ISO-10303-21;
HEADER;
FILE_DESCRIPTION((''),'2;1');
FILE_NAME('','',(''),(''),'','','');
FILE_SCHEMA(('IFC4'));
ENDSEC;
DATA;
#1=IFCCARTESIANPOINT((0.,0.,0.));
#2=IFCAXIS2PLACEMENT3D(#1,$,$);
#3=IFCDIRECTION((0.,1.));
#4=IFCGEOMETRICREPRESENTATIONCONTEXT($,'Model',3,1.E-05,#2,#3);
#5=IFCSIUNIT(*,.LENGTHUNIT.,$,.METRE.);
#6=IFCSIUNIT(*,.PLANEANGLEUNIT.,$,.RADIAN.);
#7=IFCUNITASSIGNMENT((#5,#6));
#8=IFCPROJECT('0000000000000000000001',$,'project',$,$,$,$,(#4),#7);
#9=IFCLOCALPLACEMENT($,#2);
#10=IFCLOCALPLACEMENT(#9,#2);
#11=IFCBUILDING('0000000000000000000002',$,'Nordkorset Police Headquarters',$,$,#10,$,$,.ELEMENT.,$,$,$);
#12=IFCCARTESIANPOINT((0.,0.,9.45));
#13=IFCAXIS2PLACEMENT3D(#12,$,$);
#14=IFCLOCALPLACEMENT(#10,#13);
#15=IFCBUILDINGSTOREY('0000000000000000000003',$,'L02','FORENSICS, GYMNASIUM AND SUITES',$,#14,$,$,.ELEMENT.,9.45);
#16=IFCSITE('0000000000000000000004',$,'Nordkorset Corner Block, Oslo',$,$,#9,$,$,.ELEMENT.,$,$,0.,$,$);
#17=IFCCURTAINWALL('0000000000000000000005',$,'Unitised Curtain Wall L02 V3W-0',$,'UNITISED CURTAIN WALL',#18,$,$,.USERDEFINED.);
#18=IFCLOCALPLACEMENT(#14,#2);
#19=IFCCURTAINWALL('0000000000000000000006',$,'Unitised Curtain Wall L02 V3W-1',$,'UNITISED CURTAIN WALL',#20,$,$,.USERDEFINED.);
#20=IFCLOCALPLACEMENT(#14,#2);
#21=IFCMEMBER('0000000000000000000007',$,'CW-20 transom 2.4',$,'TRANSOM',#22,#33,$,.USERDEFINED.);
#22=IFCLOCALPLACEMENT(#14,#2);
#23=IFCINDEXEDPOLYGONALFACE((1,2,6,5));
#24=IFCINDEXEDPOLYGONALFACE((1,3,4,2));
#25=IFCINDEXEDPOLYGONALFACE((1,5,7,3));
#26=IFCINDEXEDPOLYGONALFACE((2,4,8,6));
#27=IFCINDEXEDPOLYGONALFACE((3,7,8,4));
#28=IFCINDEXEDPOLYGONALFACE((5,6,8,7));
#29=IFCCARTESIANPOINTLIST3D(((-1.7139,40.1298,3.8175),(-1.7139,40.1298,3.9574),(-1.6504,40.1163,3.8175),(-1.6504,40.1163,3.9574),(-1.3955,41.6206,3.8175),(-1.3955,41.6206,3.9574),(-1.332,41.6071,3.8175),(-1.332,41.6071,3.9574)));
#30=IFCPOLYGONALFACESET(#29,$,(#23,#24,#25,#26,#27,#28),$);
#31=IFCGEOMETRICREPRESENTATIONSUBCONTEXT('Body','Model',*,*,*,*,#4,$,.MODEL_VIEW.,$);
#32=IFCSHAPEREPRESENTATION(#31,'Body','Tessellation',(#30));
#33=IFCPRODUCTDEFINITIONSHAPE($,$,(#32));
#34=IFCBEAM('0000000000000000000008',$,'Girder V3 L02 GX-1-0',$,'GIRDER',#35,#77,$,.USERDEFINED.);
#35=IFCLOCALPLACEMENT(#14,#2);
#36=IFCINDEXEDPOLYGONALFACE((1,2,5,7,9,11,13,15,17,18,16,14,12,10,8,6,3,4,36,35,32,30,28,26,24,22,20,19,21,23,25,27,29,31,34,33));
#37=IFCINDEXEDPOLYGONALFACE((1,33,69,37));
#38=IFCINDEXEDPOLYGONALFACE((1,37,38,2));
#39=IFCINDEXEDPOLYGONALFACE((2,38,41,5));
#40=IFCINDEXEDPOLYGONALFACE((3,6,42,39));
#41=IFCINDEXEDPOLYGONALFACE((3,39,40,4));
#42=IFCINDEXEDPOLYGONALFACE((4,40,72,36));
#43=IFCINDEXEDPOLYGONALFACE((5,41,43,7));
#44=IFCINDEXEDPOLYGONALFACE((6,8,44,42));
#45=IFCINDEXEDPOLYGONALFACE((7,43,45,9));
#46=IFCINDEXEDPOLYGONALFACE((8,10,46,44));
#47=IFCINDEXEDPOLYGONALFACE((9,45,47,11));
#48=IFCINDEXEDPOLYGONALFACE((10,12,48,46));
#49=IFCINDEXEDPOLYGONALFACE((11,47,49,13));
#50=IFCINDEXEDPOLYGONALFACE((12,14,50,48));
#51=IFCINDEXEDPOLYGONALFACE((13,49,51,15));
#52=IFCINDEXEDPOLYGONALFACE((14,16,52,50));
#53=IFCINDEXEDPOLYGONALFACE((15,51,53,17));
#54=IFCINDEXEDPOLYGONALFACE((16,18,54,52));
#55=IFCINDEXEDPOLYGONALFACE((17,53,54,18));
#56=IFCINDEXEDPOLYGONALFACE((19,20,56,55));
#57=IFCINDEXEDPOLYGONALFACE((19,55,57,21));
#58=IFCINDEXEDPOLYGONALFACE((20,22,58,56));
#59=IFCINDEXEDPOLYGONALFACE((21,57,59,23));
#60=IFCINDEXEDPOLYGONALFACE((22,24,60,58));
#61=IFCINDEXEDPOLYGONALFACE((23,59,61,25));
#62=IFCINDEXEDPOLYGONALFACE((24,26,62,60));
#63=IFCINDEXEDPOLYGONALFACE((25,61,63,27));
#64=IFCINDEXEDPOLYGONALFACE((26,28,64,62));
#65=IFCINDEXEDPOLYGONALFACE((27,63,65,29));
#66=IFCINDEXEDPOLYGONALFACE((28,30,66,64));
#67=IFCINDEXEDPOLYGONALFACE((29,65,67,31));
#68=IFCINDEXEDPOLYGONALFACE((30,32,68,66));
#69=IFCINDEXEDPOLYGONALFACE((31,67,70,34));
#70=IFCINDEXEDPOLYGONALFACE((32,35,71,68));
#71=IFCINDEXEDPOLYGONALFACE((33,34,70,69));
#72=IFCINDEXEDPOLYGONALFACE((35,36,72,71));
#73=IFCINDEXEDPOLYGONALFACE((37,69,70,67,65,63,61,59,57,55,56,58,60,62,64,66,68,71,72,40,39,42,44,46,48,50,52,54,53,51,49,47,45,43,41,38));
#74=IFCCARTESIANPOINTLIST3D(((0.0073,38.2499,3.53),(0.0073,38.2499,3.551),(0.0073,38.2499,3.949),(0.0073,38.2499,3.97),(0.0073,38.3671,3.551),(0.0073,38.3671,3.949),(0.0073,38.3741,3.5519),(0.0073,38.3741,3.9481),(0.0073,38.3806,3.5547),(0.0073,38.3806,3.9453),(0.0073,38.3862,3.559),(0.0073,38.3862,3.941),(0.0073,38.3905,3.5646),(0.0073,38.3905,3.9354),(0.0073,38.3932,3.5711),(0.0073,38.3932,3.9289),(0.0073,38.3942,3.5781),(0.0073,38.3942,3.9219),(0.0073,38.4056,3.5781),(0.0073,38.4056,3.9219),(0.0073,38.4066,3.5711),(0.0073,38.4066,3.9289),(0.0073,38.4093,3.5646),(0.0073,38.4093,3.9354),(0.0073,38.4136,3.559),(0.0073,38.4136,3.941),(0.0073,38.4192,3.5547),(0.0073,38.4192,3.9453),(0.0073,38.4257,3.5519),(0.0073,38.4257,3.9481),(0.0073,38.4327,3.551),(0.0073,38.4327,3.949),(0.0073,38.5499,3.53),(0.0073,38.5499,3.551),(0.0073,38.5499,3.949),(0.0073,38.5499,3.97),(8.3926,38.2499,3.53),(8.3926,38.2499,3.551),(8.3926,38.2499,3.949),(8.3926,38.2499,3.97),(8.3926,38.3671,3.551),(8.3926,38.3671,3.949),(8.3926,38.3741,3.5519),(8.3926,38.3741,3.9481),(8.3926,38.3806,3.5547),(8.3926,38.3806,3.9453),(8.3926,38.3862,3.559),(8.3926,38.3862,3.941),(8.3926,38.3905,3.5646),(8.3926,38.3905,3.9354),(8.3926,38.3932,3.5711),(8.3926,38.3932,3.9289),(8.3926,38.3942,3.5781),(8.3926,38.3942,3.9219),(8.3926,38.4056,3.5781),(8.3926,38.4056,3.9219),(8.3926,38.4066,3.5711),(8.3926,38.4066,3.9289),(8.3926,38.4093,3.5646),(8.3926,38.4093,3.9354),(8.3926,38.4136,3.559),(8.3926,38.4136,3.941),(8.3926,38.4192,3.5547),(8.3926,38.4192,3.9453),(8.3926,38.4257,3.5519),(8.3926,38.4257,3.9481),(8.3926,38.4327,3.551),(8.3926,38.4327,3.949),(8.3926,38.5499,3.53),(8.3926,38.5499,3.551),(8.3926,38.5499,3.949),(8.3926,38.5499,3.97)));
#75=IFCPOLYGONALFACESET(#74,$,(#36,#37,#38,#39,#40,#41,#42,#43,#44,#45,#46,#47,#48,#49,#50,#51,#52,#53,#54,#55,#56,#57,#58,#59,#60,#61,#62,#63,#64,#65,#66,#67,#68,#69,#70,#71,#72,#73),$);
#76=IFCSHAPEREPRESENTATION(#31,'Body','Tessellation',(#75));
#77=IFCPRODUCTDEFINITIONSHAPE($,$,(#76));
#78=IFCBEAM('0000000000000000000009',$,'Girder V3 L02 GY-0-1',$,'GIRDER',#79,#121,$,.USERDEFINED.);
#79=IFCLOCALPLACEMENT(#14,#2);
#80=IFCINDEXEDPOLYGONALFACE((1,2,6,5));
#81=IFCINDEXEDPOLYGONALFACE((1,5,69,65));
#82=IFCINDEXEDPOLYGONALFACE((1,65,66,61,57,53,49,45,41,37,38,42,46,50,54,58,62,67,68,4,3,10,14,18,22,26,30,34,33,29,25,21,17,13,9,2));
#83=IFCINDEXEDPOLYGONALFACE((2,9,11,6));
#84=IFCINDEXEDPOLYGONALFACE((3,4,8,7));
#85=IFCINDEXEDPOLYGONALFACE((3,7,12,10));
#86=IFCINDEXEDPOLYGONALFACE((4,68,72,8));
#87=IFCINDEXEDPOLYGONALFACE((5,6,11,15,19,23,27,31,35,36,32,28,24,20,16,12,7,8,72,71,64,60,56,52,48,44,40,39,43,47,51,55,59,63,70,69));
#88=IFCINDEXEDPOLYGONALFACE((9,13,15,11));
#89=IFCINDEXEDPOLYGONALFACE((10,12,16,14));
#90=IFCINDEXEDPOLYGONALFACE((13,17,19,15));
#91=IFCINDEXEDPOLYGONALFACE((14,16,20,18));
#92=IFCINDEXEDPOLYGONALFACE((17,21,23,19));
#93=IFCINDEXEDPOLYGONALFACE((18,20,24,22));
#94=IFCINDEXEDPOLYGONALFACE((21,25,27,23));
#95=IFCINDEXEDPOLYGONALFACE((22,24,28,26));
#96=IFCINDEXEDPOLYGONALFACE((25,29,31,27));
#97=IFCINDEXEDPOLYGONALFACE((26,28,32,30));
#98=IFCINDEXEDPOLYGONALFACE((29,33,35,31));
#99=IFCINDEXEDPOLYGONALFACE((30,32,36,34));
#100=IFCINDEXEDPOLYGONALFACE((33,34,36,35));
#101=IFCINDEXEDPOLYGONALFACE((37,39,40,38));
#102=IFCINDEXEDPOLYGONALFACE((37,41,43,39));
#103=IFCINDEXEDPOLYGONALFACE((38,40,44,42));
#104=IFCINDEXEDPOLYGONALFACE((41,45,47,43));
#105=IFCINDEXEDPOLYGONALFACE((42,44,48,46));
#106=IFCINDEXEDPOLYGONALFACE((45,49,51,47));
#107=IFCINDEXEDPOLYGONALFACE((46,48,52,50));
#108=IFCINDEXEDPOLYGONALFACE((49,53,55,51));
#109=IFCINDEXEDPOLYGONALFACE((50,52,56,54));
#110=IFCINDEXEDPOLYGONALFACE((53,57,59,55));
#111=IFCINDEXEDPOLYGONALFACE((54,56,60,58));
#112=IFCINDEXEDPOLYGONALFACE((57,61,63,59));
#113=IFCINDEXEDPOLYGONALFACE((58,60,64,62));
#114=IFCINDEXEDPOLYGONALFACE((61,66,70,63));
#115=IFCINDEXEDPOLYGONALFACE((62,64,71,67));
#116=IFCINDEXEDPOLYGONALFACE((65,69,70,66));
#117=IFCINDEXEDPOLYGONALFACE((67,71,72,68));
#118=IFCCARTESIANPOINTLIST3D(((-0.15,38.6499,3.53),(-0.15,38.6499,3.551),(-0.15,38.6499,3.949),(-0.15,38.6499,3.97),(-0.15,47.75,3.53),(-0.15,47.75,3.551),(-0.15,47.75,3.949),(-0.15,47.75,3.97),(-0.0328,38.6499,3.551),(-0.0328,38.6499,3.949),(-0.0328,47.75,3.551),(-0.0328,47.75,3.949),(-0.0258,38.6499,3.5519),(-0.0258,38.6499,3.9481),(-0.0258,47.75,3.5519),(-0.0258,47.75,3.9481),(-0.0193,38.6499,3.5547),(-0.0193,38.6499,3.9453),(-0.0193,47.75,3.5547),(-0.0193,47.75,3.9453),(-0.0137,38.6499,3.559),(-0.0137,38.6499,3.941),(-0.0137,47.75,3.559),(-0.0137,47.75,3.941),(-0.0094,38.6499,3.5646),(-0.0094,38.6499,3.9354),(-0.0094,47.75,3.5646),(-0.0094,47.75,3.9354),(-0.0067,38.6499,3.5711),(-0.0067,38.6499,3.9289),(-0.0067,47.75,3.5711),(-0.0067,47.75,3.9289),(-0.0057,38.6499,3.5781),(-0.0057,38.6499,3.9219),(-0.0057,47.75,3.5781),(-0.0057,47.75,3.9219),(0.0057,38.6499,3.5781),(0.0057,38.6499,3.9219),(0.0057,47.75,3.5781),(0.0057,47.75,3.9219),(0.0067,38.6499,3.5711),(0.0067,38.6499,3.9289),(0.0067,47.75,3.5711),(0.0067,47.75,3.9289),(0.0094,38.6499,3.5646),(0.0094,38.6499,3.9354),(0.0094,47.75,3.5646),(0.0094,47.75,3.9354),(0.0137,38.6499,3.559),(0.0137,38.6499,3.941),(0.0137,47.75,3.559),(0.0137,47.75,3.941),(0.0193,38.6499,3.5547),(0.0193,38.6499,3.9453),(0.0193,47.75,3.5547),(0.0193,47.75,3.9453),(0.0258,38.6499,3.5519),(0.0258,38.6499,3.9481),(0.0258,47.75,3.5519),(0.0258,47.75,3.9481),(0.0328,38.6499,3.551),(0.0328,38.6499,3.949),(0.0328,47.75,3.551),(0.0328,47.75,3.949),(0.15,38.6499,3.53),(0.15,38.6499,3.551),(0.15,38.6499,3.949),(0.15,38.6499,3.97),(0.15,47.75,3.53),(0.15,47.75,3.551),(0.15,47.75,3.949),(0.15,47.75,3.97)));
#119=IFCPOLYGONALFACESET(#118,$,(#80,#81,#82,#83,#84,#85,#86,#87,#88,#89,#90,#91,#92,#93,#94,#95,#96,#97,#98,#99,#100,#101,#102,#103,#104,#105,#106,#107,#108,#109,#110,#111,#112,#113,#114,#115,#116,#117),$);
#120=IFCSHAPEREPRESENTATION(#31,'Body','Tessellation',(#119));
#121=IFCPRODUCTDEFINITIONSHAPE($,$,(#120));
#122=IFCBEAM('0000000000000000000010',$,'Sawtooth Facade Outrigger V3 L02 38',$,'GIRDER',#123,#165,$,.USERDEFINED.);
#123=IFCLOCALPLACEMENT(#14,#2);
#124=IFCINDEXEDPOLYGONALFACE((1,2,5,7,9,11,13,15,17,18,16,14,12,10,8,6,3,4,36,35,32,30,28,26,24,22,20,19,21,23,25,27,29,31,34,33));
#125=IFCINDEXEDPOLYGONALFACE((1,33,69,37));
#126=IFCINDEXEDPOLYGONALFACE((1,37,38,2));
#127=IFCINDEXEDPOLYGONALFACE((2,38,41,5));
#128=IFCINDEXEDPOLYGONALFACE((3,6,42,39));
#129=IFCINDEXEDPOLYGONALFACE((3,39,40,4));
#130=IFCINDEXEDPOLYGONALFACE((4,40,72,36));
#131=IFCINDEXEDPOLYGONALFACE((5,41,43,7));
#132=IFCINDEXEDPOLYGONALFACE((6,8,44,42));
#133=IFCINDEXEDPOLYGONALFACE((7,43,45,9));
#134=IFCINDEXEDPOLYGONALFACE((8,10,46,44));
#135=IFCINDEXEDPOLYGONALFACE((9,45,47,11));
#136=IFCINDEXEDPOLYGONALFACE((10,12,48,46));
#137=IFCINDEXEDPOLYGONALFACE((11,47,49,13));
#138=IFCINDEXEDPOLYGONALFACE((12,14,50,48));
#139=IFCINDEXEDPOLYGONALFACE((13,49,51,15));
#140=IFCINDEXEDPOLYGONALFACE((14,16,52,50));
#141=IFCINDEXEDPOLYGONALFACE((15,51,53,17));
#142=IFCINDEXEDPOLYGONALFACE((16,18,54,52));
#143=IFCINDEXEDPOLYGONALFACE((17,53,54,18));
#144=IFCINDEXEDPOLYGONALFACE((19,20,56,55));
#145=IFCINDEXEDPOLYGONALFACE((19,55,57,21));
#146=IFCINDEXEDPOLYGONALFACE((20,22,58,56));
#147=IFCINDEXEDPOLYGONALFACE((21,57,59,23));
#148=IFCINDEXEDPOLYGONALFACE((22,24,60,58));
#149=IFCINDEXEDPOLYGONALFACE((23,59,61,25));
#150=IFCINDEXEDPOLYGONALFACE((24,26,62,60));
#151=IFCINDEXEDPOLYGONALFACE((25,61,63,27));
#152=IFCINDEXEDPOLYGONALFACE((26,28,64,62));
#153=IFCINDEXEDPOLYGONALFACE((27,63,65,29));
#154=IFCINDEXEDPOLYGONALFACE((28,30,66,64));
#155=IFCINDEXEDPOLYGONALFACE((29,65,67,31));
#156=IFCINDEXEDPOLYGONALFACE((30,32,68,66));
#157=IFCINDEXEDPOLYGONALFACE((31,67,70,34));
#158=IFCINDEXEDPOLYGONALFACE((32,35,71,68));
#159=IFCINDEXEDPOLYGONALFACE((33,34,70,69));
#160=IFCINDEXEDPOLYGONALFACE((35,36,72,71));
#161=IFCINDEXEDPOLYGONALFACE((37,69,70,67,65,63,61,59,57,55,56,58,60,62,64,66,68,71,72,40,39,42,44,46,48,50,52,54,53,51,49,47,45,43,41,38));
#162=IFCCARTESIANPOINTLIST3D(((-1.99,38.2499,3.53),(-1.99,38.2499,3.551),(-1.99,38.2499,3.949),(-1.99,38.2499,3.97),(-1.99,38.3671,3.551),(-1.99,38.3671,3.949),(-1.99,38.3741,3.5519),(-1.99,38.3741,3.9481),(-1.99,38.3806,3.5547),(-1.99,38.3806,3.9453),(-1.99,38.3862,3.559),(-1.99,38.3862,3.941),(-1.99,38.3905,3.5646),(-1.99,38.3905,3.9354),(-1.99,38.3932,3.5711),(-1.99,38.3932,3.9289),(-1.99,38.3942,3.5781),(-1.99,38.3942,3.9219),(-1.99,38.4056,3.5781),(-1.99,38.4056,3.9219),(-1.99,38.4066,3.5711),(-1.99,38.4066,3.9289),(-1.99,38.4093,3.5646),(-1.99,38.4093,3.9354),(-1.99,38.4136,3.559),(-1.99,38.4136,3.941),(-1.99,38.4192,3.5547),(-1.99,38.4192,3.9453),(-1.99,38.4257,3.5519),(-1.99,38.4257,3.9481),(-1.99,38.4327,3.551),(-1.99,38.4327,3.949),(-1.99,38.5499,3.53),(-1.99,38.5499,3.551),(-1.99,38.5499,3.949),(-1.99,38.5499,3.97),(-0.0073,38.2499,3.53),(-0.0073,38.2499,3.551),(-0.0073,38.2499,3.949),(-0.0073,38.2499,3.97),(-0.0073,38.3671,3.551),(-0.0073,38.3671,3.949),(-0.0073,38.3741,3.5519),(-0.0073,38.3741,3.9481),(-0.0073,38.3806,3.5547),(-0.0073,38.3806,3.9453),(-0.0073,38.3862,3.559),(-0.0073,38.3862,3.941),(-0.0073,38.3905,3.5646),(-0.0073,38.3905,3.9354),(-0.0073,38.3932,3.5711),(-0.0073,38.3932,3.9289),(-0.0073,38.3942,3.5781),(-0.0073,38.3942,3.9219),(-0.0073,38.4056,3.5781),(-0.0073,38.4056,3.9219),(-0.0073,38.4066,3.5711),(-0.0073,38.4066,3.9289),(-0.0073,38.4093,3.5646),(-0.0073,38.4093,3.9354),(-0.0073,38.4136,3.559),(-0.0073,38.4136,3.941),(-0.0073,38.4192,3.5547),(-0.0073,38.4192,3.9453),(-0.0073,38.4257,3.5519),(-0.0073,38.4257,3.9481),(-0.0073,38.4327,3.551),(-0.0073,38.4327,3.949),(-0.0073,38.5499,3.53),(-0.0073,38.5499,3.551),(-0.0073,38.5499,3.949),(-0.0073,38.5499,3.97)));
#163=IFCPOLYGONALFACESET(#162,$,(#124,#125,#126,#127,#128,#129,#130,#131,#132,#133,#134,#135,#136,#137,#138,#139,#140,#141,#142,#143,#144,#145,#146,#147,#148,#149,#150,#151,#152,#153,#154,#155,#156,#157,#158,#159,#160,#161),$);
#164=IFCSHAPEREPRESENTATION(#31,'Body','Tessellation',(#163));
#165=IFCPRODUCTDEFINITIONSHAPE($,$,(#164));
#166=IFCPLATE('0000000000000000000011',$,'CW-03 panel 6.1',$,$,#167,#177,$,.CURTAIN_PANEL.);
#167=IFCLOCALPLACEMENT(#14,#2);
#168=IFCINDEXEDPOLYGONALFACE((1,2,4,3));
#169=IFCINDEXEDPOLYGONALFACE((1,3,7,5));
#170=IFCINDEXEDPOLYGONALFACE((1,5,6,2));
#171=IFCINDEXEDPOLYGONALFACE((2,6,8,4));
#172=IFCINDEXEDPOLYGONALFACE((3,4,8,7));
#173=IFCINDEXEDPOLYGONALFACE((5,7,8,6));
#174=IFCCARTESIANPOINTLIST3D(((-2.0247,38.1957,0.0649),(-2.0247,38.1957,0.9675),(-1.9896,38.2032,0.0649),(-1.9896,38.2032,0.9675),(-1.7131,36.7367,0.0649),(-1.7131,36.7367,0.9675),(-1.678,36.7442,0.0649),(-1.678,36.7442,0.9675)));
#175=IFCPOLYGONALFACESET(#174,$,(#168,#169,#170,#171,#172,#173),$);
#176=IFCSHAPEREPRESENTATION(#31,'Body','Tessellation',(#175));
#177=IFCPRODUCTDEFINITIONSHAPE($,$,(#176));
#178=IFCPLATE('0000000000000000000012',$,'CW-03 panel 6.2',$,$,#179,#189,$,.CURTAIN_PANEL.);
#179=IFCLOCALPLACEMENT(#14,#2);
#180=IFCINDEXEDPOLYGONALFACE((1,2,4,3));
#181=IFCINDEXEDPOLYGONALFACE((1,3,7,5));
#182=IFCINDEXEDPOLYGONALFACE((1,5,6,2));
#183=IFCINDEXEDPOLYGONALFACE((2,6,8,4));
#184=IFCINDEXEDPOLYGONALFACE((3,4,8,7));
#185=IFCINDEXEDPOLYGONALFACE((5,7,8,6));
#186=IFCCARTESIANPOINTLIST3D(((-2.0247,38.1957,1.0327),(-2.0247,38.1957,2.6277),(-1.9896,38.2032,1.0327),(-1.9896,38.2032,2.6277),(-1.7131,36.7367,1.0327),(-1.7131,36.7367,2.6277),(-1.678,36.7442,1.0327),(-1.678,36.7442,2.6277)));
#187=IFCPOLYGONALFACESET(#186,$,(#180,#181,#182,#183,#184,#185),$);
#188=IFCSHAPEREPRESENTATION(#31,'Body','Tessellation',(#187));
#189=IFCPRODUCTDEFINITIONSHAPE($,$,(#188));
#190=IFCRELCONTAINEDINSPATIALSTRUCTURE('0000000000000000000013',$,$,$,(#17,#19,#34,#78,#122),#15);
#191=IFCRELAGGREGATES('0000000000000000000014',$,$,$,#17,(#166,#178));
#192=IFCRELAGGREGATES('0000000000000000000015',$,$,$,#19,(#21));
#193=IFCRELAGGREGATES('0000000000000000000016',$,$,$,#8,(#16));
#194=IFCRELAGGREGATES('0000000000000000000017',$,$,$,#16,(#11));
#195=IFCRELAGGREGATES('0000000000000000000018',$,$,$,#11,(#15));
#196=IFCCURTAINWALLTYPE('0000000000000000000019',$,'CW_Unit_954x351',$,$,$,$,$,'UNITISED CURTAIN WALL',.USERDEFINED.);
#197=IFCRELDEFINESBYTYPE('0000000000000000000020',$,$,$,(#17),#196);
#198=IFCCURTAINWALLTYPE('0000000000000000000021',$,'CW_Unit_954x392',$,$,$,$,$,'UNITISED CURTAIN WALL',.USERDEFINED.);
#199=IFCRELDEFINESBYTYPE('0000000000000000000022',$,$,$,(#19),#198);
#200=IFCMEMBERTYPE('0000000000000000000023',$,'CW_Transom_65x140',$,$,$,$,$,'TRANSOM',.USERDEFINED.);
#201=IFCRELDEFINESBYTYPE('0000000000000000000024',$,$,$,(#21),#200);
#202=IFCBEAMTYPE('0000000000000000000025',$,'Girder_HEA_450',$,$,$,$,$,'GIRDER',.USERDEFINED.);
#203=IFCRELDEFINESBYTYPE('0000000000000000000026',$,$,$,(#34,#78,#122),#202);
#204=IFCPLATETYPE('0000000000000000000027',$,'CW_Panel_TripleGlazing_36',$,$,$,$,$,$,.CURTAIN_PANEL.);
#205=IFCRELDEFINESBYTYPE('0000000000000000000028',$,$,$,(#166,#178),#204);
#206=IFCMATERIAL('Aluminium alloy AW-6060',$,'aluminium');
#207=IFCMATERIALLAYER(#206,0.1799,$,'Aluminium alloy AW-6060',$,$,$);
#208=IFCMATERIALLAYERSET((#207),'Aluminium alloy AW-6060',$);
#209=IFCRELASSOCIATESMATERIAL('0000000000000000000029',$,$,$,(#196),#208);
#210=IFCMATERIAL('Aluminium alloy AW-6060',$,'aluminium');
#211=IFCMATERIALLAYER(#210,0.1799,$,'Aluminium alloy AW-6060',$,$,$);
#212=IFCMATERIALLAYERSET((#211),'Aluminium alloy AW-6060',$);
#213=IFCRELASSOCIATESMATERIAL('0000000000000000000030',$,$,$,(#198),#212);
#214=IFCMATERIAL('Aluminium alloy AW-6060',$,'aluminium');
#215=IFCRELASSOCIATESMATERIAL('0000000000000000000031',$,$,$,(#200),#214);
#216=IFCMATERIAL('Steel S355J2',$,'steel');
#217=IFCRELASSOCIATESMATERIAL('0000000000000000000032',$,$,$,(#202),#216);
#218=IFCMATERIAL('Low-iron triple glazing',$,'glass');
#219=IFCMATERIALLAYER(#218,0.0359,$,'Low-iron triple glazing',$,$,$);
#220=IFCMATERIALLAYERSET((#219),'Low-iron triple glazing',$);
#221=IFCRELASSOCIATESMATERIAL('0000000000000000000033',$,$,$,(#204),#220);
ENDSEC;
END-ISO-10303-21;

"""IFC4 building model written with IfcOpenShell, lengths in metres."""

from ifc_helpers import new_model, si_unit, direction, frame, origin, origin_2d, place, context, subcontext, project, spatial, rectangle, i_section, extrude, material, layer, layer_set, material_profile, profile_set, type_object, element, aggregate, save


model = new_model("IFC4")

# Units and contexts
model_context = context("Model", 3, precision=1e-05, world=origin(), true_north=direction((0.0, 1.0)))
body_context = subcontext(model_context, "Body", "Model", "MODEL_VIEW")
ifc_project = project(units=[si_unit("LENGTHUNIT", "METRE"), si_unit("PLANEANGLEUNIT", "RADIAN")], contexts=[model_context])

# Site, building, storey
site_placement = place(None, origin())
site = spatial("IfcSite", under=ifc_project, at=site_placement, Name="Nordkorset Corner Block, Oslo", CompositionType="ELEMENT", RefElevation=0.0)
building_placement = place(site_placement, origin())
building = spatial("IfcBuilding", under=site, at=building_placement, Name="Nordkorset Police Headquarters", CompositionType="ELEMENT")
storey_placement = place(building_placement, frame((0.0, 0.0, 9.45)))
storey = spatial("IfcBuildingStorey", under=building, at=storey_placement, Name="L02", Description="FORENSICS, GYMNASIUM AND SUITES", CompositionType="ELEMENT", Elevation=9.45)

# Curtain wall
ifc_material_1 = material(Name="Aluminium alloy AW-6060", Category="aluminium")
ifc_layer_1 = layer(ifc_material_1, 0.1799, Name="Aluminium alloy AW-6060")
ifc_layer_set_1 = layer_set([ifc_layer_1], Name="Aluminium alloy AW-6060")
curtain_wall_type_1 = type_object("IfcCurtainWallType", Name="CW_Unit_954x351", ElementType="UNITISED CURTAIN WALL", PredefinedType="USERDEFINED", material=ifc_layer_set_1)
curtain_wall_1_placement = place(storey_placement, origin())
curtain_wall_1 = element("IfcCurtainWall", 1, at=curtain_wall_1_placement, inside=storey, type_object=curtain_wall_type_1, Name="Unitised Curtain Wall L02 V3W-0", ObjectType="UNITISED CURTAIN WALL", PredefinedType="USERDEFINED")

# Curtain wall, member
ifc_material_2 = material(Name="Aluminium alloy AW-6060", Category="aluminium")
ifc_layer_2 = layer(ifc_material_2, 0.1799, Name="Aluminium alloy AW-6060")
ifc_layer_set_2 = layer_set([ifc_layer_2], Name="Aluminium alloy AW-6060")
curtain_wall_type_2 = type_object("IfcCurtainWallType", Name="CW_Unit_954x392", ElementType="UNITISED CURTAIN WALL", PredefinedType="USERDEFINED", material=ifc_layer_set_2)
curtain_wall_2_placement = place(storey_placement, origin())
curtain_wall_2 = element("IfcCurtainWall", 2, at=curtain_wall_2_placement, inside=storey, type_object=curtain_wall_type_2, Name="Unitised Curtain Wall L02 V3W-1", ObjectType="UNITISED CURTAIN WALL", PredefinedType="USERDEFINED")
ifc_material_3 = material(Name="Aluminium alloy AW-6060", Category="aluminium")
ifc_material_profile_1 = material_profile(ifc_material_3, rectangle(XDim=0.0649, YDim=0.1399, at=origin_2d()), Name="ALU TRAN 65x140")
ifc_profile_set_1 = profile_set([ifc_material_profile_1], Name="Aluminium alloy AW-6060")
member_type_1 = type_object("IfcMemberType", Name="CW_Transom_65x140", ElementType="TRANSOM", PredefinedType="USERDEFINED", material=ifc_profile_set_1)
member_1_placement = place(storey_placement, frame((-1.6821, 40.123, 3.8875), z_axis=(0.208851, 0.977947, 0.0), x_axis=(-0.977947, 0.208851, 0.0)))
member_1 = element("IfcMember", 3, at=member_1_placement, type_object=member_type_1, Name="CW-20 transom 2.4", ObjectType="TRANSOM", PredefinedType="USERDEFINED", context=body_context, shape_type="SweptSolid", body=[
    extrude(rectangle(XDim=0.0649, YDim=0.1399, at=origin_2d()), origin(), (0.0, 0.0, 1.0), 1.5244),
])

# Beams
ifc_material_4 = material(Name="Steel S355J2", Category="steel")
ifc_material_profile_2 = material_profile(ifc_material_4, i_section(OverallWidth=0.3, OverallDepth=0.4399, WebThickness=0.0115, FlangeThickness=0.021, FilletRadius=0.0271, at=origin_2d()), Name="HEA 450")
ifc_profile_set_2 = profile_set([ifc_material_profile_2], Name="Steel S355J2")
beam_type = type_object("IfcBeamType", Name="Girder_HEA_450", ElementType="GIRDER", PredefinedType="USERDEFINED", material=ifc_profile_set_2)
beam_1_placement = place(storey_placement, frame((0.0073, 38.3999, 3.75), z_axis=(1.0, 0.0, 0.0), x_axis=(0.0, 1.0, 0.0)))
element("IfcBeam", 4, at=beam_1_placement, inside=storey, type_object=beam_type, Name="Girder V3 L02 GX-1-0", ObjectType="GIRDER", PredefinedType="USERDEFINED", context=body_context, shape_type="SweptSolid", body=[
    extrude(i_section(OverallWidth=0.3, OverallDepth=0.4399, WebThickness=0.0115, FlangeThickness=0.021, FilletRadius=0.0271, at=origin_2d()), origin(), (0.0, 0.0, 1.0), 8.3853),
])
beam_2_placement = place(storey_placement, frame((0.0, 38.6499, 3.75), z_axis=(0.0, 1.0, 0.0), x_axis=(-1.0, 0.0, 0.0)))
element("IfcBeam", 5, at=beam_2_placement, inside=storey, type_object=beam_type, Name="Girder V3 L02 GY-0-1", ObjectType="GIRDER", PredefinedType="USERDEFINED", context=body_context, shape_type="SweptSolid", body=[
    extrude(i_section(OverallWidth=0.3, OverallDepth=0.4399, WebThickness=0.0115, FlangeThickness=0.021, FilletRadius=0.0271, at=origin_2d()), origin(), (0.0, 0.0, 1.0), 9.1001),
])
beam_3_placement = place(storey_placement, frame((-0.0073, 38.3999, 3.75), z_axis=(-1.0, 0.0, 0.0), x_axis=(0.0, -1.0, 0.0)))
element("IfcBeam", 6, at=beam_3_placement, inside=storey, type_object=beam_type, Name="Sawtooth Facade Outrigger V3 L02 38", ObjectType="GIRDER", PredefinedType="USERDEFINED", context=body_context, shape_type="SweptSolid", body=[
    extrude(i_section(OverallWidth=0.3, OverallDepth=0.4399, WebThickness=0.0115, FlangeThickness=0.021, FilletRadius=0.0271, at=origin_2d()), origin(), (0.0, 0.0, 1.0), 1.9827),
])

# Plates
ifc_material_5 = material(Name="Low-iron triple glazing", Category="glass")
ifc_layer_3 = layer(ifc_material_5, 0.0359, Name="Low-iron triple glazing")
ifc_layer_set_3 = layer_set([ifc_layer_3], Name="Low-iron triple glazing")
plate_type = type_object("IfcPlateType", Name="CW_Panel_TripleGlazing_36", PredefinedType="CURTAIN_PANEL", material=ifc_layer_set_3)
plate_1_placement = place(storey_placement, frame((-1.8513, 37.47, 0.0649), z_axis=(0.0, 0.0, 1.0), x_axis=(-0.208833, 0.977951, 0.0)))
plate_1 = element("IfcPlate", 7, at=plate_1_placement, type_object=plate_type, Name="CW-03 panel 6.1", PredefinedType="CURTAIN_PANEL", context=body_context, shape_type="SweptSolid", body=[
    extrude(rectangle(XDim=1.4919, YDim=0.0359, at=origin_2d()), origin(), (0.0, 0.0, 1.0), 0.9026),
])
plate_2_placement = place(storey_placement, frame((-1.8513, 37.47, 1.0327), z_axis=(0.0, 0.0, 1.0), x_axis=(-0.208833, 0.977951, 0.0)))
plate_2 = element("IfcPlate", 8, at=plate_2_placement, type_object=plate_type, Name="CW-03 panel 6.2", PredefinedType="CURTAIN_PANEL", context=body_context, shape_type="SweptSolid", body=[
    extrude(rectangle(XDim=1.4919, YDim=0.0359, at=origin_2d()), origin(), (0.0, 0.0, 1.0), 1.595),
])
aggregate(curtain_wall_1, [plate_1, plate_2])
aggregate(curtain_wall_2, [member_1])

save(model, "model.ifc")
